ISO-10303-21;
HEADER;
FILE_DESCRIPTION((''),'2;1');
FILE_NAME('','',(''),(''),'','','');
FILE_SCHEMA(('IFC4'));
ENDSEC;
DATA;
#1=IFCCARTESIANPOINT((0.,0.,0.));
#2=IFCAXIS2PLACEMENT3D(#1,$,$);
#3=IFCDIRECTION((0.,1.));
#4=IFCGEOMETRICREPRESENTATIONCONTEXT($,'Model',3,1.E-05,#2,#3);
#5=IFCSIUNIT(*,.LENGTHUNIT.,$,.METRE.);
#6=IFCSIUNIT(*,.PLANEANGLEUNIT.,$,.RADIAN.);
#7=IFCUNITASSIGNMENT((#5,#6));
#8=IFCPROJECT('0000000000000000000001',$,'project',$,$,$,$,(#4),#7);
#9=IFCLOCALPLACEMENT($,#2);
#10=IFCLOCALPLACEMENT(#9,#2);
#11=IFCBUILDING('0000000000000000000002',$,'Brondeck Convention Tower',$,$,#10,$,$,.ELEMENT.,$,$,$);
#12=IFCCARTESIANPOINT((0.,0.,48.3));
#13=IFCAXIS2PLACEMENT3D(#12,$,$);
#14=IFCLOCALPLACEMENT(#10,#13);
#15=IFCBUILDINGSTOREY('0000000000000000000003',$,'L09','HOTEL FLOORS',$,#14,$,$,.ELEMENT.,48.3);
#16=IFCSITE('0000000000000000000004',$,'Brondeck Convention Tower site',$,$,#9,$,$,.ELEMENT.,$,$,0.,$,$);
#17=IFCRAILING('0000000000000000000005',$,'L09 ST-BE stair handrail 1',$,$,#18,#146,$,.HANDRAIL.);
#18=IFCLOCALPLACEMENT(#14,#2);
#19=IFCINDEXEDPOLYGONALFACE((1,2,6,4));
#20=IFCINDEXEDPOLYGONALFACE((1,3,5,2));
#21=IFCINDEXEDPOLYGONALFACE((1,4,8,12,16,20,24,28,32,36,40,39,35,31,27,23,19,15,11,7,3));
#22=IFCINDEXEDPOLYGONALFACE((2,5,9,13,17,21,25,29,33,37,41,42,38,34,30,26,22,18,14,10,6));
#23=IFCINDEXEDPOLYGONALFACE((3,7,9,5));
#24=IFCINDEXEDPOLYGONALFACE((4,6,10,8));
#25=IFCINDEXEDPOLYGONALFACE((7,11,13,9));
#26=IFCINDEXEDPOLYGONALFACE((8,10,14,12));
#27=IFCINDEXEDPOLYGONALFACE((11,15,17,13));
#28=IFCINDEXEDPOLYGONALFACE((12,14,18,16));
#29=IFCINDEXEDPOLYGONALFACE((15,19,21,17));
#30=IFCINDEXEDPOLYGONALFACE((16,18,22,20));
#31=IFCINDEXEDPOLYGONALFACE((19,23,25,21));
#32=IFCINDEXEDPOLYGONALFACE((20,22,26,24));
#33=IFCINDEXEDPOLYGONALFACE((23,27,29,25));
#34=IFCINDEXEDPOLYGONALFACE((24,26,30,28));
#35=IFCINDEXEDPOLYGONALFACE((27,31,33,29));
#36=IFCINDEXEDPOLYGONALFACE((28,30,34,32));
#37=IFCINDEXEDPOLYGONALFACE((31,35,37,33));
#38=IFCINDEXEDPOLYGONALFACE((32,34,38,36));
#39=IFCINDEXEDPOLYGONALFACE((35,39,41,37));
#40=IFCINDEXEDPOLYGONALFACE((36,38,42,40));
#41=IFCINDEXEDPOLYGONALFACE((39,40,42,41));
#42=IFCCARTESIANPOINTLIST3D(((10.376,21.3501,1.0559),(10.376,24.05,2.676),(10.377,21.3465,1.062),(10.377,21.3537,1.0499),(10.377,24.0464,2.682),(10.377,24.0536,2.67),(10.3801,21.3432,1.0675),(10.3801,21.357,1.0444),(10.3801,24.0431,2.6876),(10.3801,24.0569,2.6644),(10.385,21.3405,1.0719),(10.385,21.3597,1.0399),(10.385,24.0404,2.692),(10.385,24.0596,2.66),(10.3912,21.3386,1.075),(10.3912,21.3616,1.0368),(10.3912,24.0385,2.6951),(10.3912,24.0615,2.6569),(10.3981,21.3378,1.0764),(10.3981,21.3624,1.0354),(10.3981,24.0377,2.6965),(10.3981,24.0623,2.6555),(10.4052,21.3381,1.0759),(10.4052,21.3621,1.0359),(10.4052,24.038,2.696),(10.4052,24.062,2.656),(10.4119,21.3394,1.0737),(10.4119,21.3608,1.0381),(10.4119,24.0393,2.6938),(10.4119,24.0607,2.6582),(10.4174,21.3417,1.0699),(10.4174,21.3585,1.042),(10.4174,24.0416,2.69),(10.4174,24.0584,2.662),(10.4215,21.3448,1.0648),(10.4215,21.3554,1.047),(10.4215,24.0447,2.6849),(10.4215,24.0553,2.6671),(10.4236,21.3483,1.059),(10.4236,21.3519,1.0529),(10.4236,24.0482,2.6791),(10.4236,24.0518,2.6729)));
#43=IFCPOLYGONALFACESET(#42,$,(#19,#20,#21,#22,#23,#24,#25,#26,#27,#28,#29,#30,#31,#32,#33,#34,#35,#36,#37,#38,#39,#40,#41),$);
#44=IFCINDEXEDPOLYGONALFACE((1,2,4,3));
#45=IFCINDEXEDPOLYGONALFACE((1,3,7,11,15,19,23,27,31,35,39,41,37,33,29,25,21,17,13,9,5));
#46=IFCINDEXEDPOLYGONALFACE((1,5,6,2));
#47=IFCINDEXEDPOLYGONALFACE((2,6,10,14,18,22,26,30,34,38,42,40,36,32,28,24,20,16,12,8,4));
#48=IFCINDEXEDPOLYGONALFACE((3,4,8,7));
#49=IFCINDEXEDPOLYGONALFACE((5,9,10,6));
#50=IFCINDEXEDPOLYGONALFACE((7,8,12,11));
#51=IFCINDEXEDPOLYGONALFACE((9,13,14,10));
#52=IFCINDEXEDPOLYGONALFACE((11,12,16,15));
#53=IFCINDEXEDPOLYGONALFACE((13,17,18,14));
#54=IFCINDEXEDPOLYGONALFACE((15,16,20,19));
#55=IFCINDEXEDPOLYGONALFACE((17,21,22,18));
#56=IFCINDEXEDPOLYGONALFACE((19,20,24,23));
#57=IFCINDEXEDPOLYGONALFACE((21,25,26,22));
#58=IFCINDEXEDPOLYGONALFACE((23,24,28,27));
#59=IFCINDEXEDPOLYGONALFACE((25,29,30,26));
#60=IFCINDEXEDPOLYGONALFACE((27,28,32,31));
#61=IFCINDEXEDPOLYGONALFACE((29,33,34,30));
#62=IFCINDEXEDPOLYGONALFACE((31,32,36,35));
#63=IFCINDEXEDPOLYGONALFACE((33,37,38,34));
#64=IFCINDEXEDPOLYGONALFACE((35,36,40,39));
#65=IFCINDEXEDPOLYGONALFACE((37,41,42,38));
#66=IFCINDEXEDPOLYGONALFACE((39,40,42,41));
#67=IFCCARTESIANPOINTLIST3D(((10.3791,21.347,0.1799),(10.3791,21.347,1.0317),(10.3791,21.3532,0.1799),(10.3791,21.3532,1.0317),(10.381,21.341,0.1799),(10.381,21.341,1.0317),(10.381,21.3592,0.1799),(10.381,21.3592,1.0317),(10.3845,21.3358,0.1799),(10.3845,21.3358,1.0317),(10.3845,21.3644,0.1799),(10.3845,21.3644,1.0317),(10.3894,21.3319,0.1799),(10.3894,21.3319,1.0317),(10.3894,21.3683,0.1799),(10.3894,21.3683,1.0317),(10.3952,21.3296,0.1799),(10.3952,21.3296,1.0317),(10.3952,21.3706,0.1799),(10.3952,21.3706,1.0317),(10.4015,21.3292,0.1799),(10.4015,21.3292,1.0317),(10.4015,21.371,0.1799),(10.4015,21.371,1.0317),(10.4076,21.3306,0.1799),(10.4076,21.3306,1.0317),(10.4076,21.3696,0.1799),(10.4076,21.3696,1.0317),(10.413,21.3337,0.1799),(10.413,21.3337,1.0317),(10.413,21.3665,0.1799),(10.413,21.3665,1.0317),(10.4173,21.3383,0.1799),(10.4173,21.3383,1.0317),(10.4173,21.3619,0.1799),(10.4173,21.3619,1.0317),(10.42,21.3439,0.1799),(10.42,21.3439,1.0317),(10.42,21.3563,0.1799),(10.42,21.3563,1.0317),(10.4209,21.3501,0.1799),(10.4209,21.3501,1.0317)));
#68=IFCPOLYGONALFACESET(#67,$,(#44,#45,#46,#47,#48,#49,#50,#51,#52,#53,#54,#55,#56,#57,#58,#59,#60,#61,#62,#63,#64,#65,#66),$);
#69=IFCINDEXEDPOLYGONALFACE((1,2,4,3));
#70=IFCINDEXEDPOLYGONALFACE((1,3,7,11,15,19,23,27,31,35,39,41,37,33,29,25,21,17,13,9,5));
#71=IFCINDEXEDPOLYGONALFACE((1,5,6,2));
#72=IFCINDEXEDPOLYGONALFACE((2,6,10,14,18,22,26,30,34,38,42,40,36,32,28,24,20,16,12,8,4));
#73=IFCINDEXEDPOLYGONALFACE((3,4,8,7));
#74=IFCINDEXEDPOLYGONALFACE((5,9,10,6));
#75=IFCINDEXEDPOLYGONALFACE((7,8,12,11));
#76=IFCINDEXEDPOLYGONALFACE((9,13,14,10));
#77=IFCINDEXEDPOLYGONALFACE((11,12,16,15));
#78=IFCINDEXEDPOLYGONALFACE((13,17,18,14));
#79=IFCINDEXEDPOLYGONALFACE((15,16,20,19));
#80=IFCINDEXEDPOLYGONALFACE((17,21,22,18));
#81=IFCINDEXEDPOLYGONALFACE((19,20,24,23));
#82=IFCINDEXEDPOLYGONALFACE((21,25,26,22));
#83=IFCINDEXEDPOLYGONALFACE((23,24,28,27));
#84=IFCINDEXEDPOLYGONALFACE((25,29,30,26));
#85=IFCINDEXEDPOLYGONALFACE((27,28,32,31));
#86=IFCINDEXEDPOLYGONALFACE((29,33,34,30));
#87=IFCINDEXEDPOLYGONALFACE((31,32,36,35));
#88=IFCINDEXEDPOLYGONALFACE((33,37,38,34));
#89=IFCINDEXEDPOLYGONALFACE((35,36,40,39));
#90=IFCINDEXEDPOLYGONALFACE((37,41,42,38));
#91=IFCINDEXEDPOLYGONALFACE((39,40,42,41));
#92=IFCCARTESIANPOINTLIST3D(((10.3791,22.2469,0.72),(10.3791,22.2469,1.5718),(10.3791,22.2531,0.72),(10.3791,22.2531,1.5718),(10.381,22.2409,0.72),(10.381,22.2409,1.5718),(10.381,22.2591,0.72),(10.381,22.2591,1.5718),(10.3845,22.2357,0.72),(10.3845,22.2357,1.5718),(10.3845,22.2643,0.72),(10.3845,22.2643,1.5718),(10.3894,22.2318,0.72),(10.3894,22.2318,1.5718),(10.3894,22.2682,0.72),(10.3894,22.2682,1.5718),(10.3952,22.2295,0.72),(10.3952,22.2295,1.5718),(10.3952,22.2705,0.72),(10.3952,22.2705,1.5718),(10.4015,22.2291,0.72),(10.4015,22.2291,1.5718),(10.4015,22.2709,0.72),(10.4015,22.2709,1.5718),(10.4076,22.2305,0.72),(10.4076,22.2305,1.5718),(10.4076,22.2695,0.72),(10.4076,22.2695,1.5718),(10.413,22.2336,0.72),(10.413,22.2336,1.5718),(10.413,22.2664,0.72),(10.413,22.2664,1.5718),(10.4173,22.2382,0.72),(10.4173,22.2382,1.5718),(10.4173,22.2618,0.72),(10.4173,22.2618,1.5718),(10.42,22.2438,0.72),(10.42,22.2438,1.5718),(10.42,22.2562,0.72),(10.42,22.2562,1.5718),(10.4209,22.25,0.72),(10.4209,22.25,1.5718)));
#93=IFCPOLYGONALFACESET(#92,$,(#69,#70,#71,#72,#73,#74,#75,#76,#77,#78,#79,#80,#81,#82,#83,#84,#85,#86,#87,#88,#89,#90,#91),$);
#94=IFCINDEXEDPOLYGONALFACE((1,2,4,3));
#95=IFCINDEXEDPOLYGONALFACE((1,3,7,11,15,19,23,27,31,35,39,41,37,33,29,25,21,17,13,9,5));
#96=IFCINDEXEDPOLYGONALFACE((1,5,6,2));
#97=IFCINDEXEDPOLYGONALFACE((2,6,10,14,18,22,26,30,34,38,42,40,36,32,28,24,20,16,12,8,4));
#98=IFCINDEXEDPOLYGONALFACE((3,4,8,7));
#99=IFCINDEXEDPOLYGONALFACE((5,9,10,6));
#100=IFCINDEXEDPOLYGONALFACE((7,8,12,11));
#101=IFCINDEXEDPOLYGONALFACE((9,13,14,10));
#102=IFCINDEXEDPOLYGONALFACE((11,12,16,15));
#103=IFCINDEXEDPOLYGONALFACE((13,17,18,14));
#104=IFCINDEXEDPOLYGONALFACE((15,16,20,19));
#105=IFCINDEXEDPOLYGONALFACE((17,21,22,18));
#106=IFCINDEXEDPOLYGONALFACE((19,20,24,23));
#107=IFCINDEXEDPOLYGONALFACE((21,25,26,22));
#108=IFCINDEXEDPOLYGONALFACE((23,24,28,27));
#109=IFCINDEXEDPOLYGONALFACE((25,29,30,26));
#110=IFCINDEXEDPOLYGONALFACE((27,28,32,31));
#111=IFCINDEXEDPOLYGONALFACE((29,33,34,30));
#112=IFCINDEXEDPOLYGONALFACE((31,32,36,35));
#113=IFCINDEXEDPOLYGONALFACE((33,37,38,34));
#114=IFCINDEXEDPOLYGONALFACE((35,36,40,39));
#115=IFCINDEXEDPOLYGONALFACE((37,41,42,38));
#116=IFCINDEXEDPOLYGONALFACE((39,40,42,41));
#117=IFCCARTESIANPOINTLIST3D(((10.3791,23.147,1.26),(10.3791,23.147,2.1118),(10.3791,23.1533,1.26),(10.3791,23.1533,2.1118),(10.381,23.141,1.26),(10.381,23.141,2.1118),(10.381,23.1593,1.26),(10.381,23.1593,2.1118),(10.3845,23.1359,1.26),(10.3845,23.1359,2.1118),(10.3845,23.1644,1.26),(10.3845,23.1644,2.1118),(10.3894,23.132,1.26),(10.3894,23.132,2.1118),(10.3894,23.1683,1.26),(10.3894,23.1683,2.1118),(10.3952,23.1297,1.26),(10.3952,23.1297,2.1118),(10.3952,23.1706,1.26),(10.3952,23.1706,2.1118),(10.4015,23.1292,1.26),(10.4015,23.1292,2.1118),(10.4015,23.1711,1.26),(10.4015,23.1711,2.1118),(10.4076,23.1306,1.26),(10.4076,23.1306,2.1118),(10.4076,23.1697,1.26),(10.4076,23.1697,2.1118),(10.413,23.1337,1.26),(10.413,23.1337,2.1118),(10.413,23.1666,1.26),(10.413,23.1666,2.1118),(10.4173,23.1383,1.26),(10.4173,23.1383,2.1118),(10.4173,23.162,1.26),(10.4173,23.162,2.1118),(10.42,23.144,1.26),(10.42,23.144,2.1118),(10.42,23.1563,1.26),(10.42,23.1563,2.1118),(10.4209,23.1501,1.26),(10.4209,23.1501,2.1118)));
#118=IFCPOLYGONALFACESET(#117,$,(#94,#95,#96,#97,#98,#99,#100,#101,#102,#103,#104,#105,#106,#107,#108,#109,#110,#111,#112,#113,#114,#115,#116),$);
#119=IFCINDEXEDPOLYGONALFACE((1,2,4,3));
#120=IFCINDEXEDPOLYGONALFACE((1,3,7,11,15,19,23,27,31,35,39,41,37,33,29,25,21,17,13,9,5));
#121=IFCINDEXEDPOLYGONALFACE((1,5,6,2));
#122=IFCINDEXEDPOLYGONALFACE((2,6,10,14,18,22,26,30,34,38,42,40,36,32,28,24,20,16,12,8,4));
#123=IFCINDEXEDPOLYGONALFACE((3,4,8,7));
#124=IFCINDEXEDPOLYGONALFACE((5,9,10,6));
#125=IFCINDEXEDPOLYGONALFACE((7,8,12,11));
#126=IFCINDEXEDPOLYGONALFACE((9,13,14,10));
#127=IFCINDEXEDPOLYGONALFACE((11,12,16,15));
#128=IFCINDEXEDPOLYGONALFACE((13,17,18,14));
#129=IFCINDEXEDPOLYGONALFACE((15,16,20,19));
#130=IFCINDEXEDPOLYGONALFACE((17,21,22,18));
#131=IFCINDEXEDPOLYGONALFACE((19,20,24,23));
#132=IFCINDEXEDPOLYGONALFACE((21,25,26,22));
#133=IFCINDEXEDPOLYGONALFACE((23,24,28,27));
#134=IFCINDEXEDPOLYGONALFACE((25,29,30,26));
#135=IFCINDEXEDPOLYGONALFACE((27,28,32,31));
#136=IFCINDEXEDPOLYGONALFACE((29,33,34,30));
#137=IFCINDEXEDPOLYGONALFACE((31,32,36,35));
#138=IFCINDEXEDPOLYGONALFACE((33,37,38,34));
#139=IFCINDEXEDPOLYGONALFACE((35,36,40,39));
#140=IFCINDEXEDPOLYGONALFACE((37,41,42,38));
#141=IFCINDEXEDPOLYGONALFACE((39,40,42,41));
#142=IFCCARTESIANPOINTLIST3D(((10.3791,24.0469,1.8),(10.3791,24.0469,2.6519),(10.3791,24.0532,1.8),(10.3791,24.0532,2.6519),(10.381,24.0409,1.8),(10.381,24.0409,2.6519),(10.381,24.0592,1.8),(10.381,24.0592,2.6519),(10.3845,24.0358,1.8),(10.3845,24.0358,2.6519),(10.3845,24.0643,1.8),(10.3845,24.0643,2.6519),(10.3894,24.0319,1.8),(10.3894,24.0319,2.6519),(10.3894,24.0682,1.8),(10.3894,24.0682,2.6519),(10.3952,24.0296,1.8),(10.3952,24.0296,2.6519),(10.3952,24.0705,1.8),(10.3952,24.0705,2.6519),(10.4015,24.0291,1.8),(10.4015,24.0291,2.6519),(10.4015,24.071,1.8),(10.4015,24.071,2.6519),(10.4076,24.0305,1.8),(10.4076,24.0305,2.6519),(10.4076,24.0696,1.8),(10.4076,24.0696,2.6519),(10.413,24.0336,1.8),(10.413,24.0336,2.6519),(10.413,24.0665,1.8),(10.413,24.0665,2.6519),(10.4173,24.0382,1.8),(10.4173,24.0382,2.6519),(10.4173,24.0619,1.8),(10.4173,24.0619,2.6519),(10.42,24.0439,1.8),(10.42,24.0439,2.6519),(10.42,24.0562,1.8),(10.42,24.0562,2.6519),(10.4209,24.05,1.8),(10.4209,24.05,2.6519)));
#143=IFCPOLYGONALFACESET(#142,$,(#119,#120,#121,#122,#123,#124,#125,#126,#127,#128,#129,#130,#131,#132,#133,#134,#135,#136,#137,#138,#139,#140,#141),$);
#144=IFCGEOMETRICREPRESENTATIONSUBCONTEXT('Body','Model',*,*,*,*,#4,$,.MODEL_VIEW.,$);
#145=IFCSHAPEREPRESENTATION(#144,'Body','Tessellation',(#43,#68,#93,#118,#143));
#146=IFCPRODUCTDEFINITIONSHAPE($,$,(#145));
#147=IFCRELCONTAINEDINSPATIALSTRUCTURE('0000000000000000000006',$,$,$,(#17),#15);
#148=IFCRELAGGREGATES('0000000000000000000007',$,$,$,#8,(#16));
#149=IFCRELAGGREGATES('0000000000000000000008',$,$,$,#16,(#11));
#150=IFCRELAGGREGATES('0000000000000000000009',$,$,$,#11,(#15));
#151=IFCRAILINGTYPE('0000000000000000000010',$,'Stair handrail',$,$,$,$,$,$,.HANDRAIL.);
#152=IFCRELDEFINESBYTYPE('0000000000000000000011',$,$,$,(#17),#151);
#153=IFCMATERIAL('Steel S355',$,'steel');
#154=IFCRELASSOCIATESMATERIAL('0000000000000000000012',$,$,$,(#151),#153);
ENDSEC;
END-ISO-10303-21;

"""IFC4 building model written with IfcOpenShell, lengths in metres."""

from ifc_helpers import new_model, si_unit, direction, frame, origin, origin_2d, place, context, subcontext, project, spatial, circle, extrude, material, type_object, element, save


model = new_model("IFC4")

# Units and contexts
model_context = context("Model", 3, precision=1e-05, world=origin(), true_north=direction((0.0, 1.0)))
body_context = subcontext(model_context, "Body", "Model", "MODEL_VIEW")
ifc_project = project(units=[si_unit("LENGTHUNIT", "METRE"), si_unit("PLANEANGLEUNIT", "RADIAN")], contexts=[model_context])

# Site, building, storey
site_placement = place(None, origin())
site = spatial("IfcSite", under=ifc_project, at=site_placement, Name="Brondeck Convention Tower site", CompositionType="ELEMENT", RefElevation=0.0)
building_placement = place(site_placement, origin())
building = spatial("IfcBuilding", under=site, at=building_placement, Name="Brondeck Convention Tower", CompositionType="ELEMENT")
storey_placement = place(building_placement, frame((0.0, 0.0, 48.3)))
storey = spatial("IfcBuildingStorey", under=building, at=storey_placement, Name="L09", Description="HOTEL FLOORS", CompositionType="ELEMENT", Elevation=48.3)

# Shared definitions
ifc_material_1 = material(Name="Steel S355", Category="steel")

# Railing
railing_type_1 = type_object("IfcRailingType", Name="Stair handrail", PredefinedType="HANDRAIL", material=ifc_material_1)
railing_1_placement = place(storey_placement, frame((10.3999, 21.3501, 0.1799)))
element("IfcRailing", 1, at=railing_1_placement, inside=storey, type_object=railing_type_1, Name="L09 ST-BE stair handrail 1", PredefinedType="HANDRAIL", context=body_context, shape_type="SweptSolid", body=[
    extrude(circle(Radius=0.0239, at=origin_2d()), frame((0.0, 0.0, 0.876), z_axis=(0.0, 0.857472, 0.51453), x_axis=(-1.0, 0.0, 0.0)), (0.0, 0.0, 1.0), 3.1487),
    extrude(circle(Radius=0.021, at=origin_2d()), origin(), (0.0, 0.0, 1.0), 0.8518),
    extrude(circle(Radius=0.021, at=origin_2d()), frame((0.0, 0.8999, 0.54)), (0.0, 0.0, 1.0), 0.8518),
    extrude(circle(Radius=0.021, at=origin_2d()), frame((0.0, 1.8, 1.0801)), (0.0, 0.0, 1.0), 0.8518),
    extrude(circle(Radius=0.021, at=origin_2d()), frame((0.0, 2.7, 1.6201)), (0.0, 0.0, 1.0), 0.8518),
])

save(model, "model.ifc")
